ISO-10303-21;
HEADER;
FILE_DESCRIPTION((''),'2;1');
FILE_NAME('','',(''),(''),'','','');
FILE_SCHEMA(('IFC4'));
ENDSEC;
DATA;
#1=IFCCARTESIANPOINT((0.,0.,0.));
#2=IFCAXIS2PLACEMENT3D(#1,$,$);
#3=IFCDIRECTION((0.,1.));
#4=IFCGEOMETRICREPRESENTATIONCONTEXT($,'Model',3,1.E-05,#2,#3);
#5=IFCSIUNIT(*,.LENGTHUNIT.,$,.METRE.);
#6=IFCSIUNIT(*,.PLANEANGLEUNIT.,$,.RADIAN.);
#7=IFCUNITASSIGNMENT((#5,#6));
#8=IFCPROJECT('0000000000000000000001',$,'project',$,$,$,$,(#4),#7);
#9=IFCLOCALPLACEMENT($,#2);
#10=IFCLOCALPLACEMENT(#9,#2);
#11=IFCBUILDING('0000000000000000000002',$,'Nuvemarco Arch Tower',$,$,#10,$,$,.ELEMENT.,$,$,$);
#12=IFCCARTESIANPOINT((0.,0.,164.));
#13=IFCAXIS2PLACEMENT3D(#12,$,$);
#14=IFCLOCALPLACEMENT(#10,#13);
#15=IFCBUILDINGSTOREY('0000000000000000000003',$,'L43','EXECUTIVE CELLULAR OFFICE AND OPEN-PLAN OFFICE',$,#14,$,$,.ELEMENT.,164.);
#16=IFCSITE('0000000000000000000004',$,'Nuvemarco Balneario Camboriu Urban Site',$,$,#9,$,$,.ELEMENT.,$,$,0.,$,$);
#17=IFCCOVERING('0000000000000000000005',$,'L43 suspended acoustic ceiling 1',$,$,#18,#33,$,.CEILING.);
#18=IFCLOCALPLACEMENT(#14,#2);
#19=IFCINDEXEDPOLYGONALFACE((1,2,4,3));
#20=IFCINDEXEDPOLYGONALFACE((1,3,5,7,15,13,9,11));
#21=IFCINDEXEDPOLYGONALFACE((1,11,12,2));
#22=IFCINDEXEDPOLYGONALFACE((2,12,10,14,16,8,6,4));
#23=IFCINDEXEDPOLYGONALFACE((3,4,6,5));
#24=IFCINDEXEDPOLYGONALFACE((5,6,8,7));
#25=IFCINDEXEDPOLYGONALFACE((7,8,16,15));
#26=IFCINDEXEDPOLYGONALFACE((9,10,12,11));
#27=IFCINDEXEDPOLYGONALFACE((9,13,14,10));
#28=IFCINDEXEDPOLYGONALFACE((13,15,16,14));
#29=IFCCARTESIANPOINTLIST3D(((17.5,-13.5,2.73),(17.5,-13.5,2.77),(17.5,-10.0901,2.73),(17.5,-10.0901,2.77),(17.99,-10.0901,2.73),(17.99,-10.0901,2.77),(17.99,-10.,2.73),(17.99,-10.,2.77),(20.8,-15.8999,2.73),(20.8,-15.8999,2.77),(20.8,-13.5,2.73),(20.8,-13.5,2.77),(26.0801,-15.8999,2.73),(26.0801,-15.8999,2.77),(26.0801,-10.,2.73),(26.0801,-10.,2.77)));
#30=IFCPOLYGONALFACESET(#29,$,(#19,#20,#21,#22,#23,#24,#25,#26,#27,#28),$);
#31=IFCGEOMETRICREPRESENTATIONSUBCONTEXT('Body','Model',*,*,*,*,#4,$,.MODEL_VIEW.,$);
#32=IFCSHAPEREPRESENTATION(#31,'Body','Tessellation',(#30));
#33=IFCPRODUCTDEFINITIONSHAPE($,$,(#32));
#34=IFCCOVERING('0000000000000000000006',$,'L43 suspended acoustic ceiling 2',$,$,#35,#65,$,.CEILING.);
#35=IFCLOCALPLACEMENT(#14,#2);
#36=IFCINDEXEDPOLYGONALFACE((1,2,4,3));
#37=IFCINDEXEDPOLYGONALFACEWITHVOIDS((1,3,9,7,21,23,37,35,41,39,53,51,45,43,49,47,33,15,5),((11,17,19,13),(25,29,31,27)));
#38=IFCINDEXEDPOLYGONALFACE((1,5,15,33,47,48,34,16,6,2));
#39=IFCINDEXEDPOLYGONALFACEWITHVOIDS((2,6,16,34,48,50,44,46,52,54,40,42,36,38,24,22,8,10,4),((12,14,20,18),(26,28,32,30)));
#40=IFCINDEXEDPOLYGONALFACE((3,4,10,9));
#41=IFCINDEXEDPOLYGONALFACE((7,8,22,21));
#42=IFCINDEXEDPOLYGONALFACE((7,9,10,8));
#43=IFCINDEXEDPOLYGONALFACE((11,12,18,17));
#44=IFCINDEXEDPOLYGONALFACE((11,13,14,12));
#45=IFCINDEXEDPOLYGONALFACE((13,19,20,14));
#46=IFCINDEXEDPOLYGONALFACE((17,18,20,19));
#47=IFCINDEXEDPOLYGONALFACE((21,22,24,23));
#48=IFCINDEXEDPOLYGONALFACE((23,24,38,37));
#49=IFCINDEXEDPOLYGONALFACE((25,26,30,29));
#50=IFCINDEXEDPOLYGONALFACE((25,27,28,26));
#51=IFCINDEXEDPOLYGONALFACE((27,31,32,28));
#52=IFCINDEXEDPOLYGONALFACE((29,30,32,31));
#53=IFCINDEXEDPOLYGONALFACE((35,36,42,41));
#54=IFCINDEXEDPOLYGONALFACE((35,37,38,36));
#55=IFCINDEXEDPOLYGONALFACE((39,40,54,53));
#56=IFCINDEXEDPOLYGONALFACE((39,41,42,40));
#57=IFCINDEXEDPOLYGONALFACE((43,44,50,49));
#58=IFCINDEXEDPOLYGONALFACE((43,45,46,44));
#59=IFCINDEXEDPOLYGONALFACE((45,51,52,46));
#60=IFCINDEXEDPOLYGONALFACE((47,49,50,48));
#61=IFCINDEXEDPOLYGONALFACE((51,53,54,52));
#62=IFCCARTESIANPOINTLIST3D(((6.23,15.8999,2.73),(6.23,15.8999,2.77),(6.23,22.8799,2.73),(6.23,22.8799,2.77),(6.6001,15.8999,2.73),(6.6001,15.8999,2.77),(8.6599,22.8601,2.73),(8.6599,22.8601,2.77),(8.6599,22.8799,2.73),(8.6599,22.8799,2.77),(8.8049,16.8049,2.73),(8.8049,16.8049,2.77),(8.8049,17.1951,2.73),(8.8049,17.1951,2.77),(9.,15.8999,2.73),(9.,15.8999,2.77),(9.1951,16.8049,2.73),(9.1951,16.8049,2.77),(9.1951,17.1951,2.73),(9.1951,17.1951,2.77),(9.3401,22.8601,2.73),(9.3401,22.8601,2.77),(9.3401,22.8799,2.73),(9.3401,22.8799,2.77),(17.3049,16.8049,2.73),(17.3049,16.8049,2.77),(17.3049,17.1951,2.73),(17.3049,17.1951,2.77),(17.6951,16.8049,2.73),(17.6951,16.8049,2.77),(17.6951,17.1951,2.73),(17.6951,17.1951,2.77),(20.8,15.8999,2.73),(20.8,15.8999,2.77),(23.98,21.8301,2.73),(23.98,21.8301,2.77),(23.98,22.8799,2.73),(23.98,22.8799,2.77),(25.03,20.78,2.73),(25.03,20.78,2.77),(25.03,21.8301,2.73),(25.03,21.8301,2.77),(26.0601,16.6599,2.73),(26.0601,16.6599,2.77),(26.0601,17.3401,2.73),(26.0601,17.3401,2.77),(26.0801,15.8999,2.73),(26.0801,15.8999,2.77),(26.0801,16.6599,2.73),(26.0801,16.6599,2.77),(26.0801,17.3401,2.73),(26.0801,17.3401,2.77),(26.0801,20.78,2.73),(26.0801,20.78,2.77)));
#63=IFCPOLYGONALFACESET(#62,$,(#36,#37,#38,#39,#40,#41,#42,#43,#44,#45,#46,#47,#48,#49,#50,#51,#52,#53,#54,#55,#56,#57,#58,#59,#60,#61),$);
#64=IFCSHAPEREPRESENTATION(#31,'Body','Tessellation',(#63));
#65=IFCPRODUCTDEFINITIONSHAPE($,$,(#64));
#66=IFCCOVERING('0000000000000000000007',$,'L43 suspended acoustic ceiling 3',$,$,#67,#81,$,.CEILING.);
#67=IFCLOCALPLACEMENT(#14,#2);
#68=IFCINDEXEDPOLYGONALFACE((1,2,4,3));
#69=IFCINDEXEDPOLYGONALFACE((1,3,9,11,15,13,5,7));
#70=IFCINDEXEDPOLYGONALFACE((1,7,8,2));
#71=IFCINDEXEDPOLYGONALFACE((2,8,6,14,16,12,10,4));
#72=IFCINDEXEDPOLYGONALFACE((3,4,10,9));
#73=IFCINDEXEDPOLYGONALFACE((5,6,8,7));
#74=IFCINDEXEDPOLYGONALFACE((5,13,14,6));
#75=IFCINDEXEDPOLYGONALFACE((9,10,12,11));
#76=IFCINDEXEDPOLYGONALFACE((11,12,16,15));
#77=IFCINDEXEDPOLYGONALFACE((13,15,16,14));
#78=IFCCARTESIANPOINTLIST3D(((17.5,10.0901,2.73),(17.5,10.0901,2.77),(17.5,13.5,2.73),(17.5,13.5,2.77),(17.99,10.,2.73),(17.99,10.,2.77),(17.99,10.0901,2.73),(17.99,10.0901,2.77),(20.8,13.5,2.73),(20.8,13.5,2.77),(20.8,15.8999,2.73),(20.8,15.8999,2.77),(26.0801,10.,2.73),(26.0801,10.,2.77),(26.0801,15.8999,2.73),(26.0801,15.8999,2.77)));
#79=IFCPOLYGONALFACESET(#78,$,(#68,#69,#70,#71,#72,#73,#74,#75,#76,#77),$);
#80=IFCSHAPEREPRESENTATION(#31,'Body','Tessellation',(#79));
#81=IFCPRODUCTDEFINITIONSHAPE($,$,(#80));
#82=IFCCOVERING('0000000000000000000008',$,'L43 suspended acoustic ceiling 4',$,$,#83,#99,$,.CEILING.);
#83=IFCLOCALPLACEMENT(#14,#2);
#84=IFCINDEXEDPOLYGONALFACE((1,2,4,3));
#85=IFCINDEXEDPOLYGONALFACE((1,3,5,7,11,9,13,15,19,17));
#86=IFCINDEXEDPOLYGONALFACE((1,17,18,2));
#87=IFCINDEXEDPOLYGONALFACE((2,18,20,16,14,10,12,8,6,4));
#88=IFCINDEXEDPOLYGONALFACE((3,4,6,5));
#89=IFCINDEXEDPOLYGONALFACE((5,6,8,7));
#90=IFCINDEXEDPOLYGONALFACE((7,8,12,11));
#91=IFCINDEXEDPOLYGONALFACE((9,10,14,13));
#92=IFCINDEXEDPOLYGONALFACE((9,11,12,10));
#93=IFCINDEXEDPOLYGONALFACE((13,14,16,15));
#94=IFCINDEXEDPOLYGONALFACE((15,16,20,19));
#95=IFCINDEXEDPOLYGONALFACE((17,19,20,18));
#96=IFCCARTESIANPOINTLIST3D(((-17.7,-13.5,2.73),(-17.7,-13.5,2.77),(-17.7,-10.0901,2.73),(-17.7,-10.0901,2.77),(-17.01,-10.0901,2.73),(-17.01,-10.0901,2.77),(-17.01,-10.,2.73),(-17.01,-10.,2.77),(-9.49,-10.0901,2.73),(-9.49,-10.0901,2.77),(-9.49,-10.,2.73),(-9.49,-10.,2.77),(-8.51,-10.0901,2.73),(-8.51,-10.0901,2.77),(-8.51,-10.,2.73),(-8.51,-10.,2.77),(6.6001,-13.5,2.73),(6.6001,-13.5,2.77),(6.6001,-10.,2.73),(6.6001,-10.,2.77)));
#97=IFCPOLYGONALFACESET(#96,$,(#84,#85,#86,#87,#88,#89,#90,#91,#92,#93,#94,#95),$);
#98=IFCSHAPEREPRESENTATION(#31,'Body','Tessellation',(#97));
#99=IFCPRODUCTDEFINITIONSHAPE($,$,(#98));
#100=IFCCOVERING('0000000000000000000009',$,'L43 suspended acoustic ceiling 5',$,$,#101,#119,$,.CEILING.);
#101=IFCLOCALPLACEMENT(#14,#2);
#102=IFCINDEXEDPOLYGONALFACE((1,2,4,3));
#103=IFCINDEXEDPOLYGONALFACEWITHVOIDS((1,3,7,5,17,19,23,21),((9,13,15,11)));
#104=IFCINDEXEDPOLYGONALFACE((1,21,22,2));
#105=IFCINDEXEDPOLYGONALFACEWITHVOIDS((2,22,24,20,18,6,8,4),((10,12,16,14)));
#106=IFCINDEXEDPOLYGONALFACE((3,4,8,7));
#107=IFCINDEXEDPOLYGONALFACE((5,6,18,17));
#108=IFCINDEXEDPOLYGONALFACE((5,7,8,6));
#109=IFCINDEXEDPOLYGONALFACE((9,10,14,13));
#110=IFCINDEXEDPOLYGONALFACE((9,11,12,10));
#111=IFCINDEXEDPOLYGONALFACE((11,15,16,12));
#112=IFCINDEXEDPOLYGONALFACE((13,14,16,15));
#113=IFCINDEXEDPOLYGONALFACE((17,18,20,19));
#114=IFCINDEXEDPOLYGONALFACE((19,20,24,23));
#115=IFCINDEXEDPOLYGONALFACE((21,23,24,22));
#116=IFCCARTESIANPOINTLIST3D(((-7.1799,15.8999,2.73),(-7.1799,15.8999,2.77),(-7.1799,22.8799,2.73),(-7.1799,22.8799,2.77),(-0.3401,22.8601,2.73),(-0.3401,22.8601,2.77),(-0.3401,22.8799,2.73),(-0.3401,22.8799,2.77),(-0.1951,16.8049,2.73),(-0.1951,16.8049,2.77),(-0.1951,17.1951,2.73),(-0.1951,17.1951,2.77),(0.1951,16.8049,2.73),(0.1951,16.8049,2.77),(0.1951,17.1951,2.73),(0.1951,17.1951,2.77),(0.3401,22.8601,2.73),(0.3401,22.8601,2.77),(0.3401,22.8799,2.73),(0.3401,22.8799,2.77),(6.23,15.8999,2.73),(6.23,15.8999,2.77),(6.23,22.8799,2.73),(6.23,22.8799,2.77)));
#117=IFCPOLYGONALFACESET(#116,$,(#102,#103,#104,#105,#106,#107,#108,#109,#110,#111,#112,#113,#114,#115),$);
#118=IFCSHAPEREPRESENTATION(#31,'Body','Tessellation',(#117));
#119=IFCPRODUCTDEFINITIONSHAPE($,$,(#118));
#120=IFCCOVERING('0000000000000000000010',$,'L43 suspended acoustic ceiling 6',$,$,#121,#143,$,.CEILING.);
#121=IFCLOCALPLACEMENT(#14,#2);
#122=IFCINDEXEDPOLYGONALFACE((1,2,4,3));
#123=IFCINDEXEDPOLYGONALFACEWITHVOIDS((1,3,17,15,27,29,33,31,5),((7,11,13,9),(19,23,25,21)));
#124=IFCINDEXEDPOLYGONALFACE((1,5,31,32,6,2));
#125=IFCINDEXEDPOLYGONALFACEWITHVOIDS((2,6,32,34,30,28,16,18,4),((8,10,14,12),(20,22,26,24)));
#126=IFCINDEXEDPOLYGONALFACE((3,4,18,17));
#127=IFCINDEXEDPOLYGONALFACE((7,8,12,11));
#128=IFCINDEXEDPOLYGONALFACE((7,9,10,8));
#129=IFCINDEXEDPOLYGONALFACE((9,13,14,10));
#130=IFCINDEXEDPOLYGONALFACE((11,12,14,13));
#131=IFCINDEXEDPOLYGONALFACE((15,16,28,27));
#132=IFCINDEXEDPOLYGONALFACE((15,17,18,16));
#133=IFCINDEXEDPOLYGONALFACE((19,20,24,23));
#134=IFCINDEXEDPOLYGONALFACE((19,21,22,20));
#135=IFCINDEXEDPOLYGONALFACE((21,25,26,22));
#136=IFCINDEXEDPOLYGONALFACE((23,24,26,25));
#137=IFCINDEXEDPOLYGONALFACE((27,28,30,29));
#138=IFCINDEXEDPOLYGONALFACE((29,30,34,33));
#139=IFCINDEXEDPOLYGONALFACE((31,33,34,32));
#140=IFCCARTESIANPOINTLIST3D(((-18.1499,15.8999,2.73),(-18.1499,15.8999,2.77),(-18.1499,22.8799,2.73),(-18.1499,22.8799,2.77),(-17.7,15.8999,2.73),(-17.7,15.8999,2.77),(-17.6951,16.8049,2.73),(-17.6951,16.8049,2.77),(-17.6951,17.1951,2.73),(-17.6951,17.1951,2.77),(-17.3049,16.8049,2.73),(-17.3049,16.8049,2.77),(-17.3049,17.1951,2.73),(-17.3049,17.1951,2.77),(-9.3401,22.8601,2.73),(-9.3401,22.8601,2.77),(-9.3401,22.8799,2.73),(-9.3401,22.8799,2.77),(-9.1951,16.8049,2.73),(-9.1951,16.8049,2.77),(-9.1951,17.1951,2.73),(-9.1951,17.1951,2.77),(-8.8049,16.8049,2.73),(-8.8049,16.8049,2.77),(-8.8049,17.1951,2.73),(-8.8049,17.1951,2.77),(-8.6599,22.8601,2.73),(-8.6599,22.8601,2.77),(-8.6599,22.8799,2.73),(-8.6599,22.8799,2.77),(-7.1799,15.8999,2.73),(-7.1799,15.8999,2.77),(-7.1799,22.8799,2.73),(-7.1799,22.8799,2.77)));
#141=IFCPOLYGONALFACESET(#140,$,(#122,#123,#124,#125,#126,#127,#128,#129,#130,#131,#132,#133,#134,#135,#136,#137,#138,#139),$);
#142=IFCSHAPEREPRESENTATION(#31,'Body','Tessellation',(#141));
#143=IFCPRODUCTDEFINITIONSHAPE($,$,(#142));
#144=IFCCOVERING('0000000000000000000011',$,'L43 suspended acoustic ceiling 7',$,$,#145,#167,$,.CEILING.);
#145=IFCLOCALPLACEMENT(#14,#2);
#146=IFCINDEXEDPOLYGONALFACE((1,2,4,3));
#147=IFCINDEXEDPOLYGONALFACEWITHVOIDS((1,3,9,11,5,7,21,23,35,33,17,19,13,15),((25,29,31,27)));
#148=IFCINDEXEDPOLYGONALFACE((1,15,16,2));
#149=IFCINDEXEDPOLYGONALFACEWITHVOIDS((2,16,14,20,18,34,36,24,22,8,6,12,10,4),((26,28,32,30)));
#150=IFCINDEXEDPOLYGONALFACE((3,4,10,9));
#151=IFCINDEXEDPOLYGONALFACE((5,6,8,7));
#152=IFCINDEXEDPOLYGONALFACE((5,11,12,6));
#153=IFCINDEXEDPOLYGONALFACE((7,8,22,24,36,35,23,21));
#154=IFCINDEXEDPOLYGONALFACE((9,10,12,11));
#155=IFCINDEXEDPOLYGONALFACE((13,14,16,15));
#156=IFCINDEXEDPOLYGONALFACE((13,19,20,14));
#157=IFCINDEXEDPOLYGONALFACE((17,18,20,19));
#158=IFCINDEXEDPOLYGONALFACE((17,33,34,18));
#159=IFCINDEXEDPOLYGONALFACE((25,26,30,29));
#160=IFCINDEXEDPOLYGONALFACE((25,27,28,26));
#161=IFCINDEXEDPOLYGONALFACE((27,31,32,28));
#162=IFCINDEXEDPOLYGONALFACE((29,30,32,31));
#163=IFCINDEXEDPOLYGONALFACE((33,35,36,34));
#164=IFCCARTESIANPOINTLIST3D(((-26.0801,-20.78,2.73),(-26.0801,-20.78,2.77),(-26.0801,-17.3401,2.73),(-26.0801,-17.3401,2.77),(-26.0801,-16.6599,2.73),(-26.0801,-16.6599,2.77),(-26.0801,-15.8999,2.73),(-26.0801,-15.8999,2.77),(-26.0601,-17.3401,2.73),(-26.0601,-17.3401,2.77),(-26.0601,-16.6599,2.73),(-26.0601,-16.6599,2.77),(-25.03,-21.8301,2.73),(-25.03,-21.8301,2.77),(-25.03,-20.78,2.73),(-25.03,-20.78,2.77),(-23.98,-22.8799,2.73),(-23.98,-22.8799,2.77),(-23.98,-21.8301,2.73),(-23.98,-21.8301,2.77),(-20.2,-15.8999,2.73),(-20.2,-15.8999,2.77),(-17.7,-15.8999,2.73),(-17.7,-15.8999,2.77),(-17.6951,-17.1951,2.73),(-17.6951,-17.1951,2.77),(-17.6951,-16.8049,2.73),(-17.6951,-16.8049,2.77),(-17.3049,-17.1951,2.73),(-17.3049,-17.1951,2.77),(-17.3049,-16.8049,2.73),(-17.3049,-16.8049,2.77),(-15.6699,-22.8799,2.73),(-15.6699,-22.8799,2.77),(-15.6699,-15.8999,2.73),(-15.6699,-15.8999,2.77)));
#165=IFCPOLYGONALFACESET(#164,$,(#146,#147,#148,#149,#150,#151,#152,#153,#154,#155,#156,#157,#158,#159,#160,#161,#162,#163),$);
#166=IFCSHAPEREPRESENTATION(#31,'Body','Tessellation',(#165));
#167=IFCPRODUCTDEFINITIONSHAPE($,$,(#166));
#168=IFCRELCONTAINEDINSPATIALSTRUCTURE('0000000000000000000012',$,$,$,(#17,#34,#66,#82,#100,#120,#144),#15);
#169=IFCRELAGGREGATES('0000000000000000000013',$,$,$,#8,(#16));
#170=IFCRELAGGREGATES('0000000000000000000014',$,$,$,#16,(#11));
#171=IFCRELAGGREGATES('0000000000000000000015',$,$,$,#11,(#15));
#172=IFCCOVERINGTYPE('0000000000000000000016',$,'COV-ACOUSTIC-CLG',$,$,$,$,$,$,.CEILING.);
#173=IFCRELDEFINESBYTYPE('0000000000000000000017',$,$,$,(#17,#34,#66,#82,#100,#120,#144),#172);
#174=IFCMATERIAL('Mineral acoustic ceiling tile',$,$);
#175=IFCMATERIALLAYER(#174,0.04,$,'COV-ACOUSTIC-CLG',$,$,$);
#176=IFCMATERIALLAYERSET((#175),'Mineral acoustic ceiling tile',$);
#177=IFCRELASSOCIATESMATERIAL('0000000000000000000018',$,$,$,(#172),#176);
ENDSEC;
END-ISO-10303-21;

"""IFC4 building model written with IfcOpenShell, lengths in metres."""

from ifc_helpers import new_model, si_unit, direction, frame, origin, place, context, subcontext, project, spatial, polyline, outline, extrude, material, layer, layer_set, type_object, element, save


model = new_model("IFC4")

# Units and contexts
model_context = context("Model", 3, precision=1e-05, world=origin(), true_north=direction((0.0, 1.0)))
body_context = subcontext(model_context, "Body", "Model", "MODEL_VIEW")
ifc_project = project(units=[si_unit("LENGTHUNIT", "METRE"), si_unit("PLANEANGLEUNIT", "RADIAN")], contexts=[model_context])

# Site, building, storey
site_placement = place(None, origin())
site = spatial("IfcSite", under=ifc_project, at=site_placement, Name="Nuvemarco Balneario Camboriu Urban Site", CompositionType="ELEMENT", RefElevation=0.0)
building_placement = place(site_placement, origin())
building = spatial("IfcBuilding", under=site, at=building_placement, Name="Nuvemarco Arch Tower", CompositionType="ELEMENT")
storey_placement = place(building_placement, frame((0.0, 0.0, 164.0)))
storey = spatial("IfcBuildingStorey", under=building, at=storey_placement, Name="L43", Description="EXECUTIVE CELLULAR OFFICE AND OPEN-PLAN OFFICE", CompositionType="ELEMENT", Elevation=164.0)

# Coverings
ifc_material_1 = material(Name="Mineral acoustic ceiling tile")
ifc_layer_1 = layer(ifc_material_1, 0.04, Name="COV-ACOUSTIC-CLG")
ifc_layer_set_1 = layer_set([ifc_layer_1], Name="Mineral acoustic ceiling tile")
covering_type = type_object("IfcCoveringType", Name="COV-ACOUSTIC-CLG", PredefinedType="CEILING", material=ifc_layer_set_1)
covering_1_placement = place(storey_placement, frame((0.0, 0.0, 2.73)))
element("IfcCovering", 1, at=covering_1_placement, inside=storey, type_object=covering_type, Name="L43 suspended acoustic ceiling 1", PredefinedType="CEILING", context=body_context, shape_type="SweptSolid", body=[
    extrude(outline(polyline([(17.5, -10.0901), (17.99, -10.0901), (17.99, -10.0), (26.0801, -10.0), (26.0801, -15.8999), (20.8, -15.8999), (20.8, -13.5), (17.5, -13.5), (17.5, -10.0901)])), origin(), (0.0, 0.0, 1.0), 0.04),
])
covering_2_placement = place(storey_placement, frame((0.0, 0.0, 2.73)))
element("IfcCovering", 2, at=covering_2_placement, inside=storey, type_object=covering_type, Name="L43 suspended acoustic ceiling 2", PredefinedType="CEILING", context=body_context, shape_type="SweptSolid", body=[
    extrude(outline(polyline([(26.0801, 20.78), (26.0801, 17.3401), (26.0601, 17.3401), (26.0601, 16.6599), (26.0801, 16.6599), (26.0801, 15.8999), (20.8, 15.8999), (9.0, 15.8999), (6.6001, 15.8999), (6.23, 15.8999), (6.23, 22.8799), (8.6599, 22.8799), (8.6599, 22.8601), (9.3401, 22.8601), (9.3401, 22.8799), (23.98, 22.8799), (23.98, 21.8301), (25.03, 21.8301), (25.03, 20.78), (26.0801, 20.78)]), holes=[polyline([(9.1951, 17.1951), (8.8049, 17.1951), (8.8049, 16.8049), (9.1951, 16.8049), (9.1951, 17.1951)]), polyline([(17.6951, 16.8049), (17.6951, 17.1951), (17.3049, 17.1951), (17.3049, 16.8049), (17.6951, 16.8049)])]), origin(), (0.0, 0.0, 1.0), 0.04),
])
covering_3_placement = place(storey_placement, frame((0.0, 0.0, 2.73)))
element("IfcCovering", 3, at=covering_3_placement, inside=storey, type_object=covering_type, Name="L43 suspended acoustic ceiling 3", PredefinedType="CEILING", context=body_context, shape_type="SweptSolid", body=[
    extrude(outline(polyline([(17.99, 10.0901), (17.5, 10.0901), (17.5, 13.5), (20.8, 13.5), (20.8, 15.8999), (26.0801, 15.8999), (26.0801, 10.0), (17.99, 10.0), (17.99, 10.0901)])), origin(), (0.0, 0.0, 1.0), 0.04),
])
covering_4_placement = place(storey_placement, frame((0.0, 0.0, 2.73)))
element("IfcCovering", 4, at=covering_4_placement, inside=storey, type_object=covering_type, Name="L43 suspended acoustic ceiling 4", PredefinedType="CEILING", context=body_context, shape_type="SweptSolid", body=[
    extrude(outline(polyline([(-9.49, -10.0901), (-8.51, -10.0901), (-8.51, -10.0), (6.6001, -10.0), (6.6001, -13.5), (-17.7, -13.5), (-17.7, -10.0901), (-17.01, -10.0901), (-17.01, -10.0), (-9.49, -10.0), (-9.49, -10.0901)])), origin(), (0.0, 0.0, 1.0), 0.04),
])
covering_5_placement = place(storey_placement, frame((0.0, 0.0, 2.73)))
element("IfcCovering", 5, at=covering_5_placement, inside=storey, type_object=covering_type, Name="L43 suspended acoustic ceiling 5", PredefinedType="CEILING", context=body_context, shape_type="SweptSolid", body=[
    extrude(outline(polyline([(6.23, 15.8999), (-7.1799, 15.8999), (-7.1799, 22.8799), (-0.3401, 22.8799), (-0.3401, 22.8601), (0.3401, 22.8601), (0.3401, 22.8799), (6.23, 22.8799), (6.23, 15.8999)]), holes=[polyline([(0.1951, 16.8049), (0.1951, 17.1951), (-0.1951, 17.1951), (-0.1951, 16.8049), (0.1951, 16.8049)])]), origin(), (0.0, 0.0, 1.0), 0.04),
])
covering_6_placement = place(storey_placement, frame((0.0, 0.0, 2.73)))
element("IfcCovering", 6, at=covering_6_placement, inside=storey, type_object=covering_type, Name="L43 suspended acoustic ceiling 6", PredefinedType="CEILING", context=body_context, shape_type="SweptSolid", body=[
    extrude(outline(polyline([(-9.3401, 22.8601), (-8.6599, 22.8601), (-8.6599, 22.8799), (-7.1799, 22.8799), (-7.1799, 15.8999), (-17.7, 15.8999), (-18.1499, 15.8999), (-18.1499, 22.8799), (-9.3401, 22.8799), (-9.3401, 22.8601)]), holes=[polyline([(-17.3049, 16.8049), (-17.3049, 17.1951), (-17.6951, 17.1951), (-17.6951, 16.8049), (-17.3049, 16.8049)]), polyline([(-8.8049, 16.8049), (-8.8049, 17.1951), (-9.1951, 17.1951), (-9.1951, 16.8049), (-8.8049, 16.8049)])]), origin(), (0.0, 0.0, 1.0), 0.04),
])
covering_7_placement = place(storey_placement, frame((0.0, 0.0, 2.73)))
element("IfcCovering", 7, at=covering_7_placement, inside=storey, type_object=covering_type, Name="L43 suspended acoustic ceiling 7", PredefinedType="CEILING", context=body_context, shape_type="SweptSolid", body=[
    extrude(outline(polyline([(-26.0801, -20.78), (-26.0801, -17.3401), (-26.0601, -17.3401), (-26.0601, -16.6599), (-26.0801, -16.6599), (-26.0801, -15.8999), (-20.2, -15.8999), (-17.7, -15.8999), (-15.6699, -15.8999), (-15.6699, -22.8799), (-23.98, -22.8799), (-23.98, -21.8301), (-25.03, -21.8301), (-25.03, -20.78), (-26.0801, -20.78)]), holes=[polyline([(-17.3049, -16.8049), (-17.6951, -16.8049), (-17.6951, -17.1951), (-17.3049, -17.1951), (-17.3049, -16.8049)])]), origin(), (0.0, 0.0, 1.0), 0.04),
])

save(model, "model.ifc")
